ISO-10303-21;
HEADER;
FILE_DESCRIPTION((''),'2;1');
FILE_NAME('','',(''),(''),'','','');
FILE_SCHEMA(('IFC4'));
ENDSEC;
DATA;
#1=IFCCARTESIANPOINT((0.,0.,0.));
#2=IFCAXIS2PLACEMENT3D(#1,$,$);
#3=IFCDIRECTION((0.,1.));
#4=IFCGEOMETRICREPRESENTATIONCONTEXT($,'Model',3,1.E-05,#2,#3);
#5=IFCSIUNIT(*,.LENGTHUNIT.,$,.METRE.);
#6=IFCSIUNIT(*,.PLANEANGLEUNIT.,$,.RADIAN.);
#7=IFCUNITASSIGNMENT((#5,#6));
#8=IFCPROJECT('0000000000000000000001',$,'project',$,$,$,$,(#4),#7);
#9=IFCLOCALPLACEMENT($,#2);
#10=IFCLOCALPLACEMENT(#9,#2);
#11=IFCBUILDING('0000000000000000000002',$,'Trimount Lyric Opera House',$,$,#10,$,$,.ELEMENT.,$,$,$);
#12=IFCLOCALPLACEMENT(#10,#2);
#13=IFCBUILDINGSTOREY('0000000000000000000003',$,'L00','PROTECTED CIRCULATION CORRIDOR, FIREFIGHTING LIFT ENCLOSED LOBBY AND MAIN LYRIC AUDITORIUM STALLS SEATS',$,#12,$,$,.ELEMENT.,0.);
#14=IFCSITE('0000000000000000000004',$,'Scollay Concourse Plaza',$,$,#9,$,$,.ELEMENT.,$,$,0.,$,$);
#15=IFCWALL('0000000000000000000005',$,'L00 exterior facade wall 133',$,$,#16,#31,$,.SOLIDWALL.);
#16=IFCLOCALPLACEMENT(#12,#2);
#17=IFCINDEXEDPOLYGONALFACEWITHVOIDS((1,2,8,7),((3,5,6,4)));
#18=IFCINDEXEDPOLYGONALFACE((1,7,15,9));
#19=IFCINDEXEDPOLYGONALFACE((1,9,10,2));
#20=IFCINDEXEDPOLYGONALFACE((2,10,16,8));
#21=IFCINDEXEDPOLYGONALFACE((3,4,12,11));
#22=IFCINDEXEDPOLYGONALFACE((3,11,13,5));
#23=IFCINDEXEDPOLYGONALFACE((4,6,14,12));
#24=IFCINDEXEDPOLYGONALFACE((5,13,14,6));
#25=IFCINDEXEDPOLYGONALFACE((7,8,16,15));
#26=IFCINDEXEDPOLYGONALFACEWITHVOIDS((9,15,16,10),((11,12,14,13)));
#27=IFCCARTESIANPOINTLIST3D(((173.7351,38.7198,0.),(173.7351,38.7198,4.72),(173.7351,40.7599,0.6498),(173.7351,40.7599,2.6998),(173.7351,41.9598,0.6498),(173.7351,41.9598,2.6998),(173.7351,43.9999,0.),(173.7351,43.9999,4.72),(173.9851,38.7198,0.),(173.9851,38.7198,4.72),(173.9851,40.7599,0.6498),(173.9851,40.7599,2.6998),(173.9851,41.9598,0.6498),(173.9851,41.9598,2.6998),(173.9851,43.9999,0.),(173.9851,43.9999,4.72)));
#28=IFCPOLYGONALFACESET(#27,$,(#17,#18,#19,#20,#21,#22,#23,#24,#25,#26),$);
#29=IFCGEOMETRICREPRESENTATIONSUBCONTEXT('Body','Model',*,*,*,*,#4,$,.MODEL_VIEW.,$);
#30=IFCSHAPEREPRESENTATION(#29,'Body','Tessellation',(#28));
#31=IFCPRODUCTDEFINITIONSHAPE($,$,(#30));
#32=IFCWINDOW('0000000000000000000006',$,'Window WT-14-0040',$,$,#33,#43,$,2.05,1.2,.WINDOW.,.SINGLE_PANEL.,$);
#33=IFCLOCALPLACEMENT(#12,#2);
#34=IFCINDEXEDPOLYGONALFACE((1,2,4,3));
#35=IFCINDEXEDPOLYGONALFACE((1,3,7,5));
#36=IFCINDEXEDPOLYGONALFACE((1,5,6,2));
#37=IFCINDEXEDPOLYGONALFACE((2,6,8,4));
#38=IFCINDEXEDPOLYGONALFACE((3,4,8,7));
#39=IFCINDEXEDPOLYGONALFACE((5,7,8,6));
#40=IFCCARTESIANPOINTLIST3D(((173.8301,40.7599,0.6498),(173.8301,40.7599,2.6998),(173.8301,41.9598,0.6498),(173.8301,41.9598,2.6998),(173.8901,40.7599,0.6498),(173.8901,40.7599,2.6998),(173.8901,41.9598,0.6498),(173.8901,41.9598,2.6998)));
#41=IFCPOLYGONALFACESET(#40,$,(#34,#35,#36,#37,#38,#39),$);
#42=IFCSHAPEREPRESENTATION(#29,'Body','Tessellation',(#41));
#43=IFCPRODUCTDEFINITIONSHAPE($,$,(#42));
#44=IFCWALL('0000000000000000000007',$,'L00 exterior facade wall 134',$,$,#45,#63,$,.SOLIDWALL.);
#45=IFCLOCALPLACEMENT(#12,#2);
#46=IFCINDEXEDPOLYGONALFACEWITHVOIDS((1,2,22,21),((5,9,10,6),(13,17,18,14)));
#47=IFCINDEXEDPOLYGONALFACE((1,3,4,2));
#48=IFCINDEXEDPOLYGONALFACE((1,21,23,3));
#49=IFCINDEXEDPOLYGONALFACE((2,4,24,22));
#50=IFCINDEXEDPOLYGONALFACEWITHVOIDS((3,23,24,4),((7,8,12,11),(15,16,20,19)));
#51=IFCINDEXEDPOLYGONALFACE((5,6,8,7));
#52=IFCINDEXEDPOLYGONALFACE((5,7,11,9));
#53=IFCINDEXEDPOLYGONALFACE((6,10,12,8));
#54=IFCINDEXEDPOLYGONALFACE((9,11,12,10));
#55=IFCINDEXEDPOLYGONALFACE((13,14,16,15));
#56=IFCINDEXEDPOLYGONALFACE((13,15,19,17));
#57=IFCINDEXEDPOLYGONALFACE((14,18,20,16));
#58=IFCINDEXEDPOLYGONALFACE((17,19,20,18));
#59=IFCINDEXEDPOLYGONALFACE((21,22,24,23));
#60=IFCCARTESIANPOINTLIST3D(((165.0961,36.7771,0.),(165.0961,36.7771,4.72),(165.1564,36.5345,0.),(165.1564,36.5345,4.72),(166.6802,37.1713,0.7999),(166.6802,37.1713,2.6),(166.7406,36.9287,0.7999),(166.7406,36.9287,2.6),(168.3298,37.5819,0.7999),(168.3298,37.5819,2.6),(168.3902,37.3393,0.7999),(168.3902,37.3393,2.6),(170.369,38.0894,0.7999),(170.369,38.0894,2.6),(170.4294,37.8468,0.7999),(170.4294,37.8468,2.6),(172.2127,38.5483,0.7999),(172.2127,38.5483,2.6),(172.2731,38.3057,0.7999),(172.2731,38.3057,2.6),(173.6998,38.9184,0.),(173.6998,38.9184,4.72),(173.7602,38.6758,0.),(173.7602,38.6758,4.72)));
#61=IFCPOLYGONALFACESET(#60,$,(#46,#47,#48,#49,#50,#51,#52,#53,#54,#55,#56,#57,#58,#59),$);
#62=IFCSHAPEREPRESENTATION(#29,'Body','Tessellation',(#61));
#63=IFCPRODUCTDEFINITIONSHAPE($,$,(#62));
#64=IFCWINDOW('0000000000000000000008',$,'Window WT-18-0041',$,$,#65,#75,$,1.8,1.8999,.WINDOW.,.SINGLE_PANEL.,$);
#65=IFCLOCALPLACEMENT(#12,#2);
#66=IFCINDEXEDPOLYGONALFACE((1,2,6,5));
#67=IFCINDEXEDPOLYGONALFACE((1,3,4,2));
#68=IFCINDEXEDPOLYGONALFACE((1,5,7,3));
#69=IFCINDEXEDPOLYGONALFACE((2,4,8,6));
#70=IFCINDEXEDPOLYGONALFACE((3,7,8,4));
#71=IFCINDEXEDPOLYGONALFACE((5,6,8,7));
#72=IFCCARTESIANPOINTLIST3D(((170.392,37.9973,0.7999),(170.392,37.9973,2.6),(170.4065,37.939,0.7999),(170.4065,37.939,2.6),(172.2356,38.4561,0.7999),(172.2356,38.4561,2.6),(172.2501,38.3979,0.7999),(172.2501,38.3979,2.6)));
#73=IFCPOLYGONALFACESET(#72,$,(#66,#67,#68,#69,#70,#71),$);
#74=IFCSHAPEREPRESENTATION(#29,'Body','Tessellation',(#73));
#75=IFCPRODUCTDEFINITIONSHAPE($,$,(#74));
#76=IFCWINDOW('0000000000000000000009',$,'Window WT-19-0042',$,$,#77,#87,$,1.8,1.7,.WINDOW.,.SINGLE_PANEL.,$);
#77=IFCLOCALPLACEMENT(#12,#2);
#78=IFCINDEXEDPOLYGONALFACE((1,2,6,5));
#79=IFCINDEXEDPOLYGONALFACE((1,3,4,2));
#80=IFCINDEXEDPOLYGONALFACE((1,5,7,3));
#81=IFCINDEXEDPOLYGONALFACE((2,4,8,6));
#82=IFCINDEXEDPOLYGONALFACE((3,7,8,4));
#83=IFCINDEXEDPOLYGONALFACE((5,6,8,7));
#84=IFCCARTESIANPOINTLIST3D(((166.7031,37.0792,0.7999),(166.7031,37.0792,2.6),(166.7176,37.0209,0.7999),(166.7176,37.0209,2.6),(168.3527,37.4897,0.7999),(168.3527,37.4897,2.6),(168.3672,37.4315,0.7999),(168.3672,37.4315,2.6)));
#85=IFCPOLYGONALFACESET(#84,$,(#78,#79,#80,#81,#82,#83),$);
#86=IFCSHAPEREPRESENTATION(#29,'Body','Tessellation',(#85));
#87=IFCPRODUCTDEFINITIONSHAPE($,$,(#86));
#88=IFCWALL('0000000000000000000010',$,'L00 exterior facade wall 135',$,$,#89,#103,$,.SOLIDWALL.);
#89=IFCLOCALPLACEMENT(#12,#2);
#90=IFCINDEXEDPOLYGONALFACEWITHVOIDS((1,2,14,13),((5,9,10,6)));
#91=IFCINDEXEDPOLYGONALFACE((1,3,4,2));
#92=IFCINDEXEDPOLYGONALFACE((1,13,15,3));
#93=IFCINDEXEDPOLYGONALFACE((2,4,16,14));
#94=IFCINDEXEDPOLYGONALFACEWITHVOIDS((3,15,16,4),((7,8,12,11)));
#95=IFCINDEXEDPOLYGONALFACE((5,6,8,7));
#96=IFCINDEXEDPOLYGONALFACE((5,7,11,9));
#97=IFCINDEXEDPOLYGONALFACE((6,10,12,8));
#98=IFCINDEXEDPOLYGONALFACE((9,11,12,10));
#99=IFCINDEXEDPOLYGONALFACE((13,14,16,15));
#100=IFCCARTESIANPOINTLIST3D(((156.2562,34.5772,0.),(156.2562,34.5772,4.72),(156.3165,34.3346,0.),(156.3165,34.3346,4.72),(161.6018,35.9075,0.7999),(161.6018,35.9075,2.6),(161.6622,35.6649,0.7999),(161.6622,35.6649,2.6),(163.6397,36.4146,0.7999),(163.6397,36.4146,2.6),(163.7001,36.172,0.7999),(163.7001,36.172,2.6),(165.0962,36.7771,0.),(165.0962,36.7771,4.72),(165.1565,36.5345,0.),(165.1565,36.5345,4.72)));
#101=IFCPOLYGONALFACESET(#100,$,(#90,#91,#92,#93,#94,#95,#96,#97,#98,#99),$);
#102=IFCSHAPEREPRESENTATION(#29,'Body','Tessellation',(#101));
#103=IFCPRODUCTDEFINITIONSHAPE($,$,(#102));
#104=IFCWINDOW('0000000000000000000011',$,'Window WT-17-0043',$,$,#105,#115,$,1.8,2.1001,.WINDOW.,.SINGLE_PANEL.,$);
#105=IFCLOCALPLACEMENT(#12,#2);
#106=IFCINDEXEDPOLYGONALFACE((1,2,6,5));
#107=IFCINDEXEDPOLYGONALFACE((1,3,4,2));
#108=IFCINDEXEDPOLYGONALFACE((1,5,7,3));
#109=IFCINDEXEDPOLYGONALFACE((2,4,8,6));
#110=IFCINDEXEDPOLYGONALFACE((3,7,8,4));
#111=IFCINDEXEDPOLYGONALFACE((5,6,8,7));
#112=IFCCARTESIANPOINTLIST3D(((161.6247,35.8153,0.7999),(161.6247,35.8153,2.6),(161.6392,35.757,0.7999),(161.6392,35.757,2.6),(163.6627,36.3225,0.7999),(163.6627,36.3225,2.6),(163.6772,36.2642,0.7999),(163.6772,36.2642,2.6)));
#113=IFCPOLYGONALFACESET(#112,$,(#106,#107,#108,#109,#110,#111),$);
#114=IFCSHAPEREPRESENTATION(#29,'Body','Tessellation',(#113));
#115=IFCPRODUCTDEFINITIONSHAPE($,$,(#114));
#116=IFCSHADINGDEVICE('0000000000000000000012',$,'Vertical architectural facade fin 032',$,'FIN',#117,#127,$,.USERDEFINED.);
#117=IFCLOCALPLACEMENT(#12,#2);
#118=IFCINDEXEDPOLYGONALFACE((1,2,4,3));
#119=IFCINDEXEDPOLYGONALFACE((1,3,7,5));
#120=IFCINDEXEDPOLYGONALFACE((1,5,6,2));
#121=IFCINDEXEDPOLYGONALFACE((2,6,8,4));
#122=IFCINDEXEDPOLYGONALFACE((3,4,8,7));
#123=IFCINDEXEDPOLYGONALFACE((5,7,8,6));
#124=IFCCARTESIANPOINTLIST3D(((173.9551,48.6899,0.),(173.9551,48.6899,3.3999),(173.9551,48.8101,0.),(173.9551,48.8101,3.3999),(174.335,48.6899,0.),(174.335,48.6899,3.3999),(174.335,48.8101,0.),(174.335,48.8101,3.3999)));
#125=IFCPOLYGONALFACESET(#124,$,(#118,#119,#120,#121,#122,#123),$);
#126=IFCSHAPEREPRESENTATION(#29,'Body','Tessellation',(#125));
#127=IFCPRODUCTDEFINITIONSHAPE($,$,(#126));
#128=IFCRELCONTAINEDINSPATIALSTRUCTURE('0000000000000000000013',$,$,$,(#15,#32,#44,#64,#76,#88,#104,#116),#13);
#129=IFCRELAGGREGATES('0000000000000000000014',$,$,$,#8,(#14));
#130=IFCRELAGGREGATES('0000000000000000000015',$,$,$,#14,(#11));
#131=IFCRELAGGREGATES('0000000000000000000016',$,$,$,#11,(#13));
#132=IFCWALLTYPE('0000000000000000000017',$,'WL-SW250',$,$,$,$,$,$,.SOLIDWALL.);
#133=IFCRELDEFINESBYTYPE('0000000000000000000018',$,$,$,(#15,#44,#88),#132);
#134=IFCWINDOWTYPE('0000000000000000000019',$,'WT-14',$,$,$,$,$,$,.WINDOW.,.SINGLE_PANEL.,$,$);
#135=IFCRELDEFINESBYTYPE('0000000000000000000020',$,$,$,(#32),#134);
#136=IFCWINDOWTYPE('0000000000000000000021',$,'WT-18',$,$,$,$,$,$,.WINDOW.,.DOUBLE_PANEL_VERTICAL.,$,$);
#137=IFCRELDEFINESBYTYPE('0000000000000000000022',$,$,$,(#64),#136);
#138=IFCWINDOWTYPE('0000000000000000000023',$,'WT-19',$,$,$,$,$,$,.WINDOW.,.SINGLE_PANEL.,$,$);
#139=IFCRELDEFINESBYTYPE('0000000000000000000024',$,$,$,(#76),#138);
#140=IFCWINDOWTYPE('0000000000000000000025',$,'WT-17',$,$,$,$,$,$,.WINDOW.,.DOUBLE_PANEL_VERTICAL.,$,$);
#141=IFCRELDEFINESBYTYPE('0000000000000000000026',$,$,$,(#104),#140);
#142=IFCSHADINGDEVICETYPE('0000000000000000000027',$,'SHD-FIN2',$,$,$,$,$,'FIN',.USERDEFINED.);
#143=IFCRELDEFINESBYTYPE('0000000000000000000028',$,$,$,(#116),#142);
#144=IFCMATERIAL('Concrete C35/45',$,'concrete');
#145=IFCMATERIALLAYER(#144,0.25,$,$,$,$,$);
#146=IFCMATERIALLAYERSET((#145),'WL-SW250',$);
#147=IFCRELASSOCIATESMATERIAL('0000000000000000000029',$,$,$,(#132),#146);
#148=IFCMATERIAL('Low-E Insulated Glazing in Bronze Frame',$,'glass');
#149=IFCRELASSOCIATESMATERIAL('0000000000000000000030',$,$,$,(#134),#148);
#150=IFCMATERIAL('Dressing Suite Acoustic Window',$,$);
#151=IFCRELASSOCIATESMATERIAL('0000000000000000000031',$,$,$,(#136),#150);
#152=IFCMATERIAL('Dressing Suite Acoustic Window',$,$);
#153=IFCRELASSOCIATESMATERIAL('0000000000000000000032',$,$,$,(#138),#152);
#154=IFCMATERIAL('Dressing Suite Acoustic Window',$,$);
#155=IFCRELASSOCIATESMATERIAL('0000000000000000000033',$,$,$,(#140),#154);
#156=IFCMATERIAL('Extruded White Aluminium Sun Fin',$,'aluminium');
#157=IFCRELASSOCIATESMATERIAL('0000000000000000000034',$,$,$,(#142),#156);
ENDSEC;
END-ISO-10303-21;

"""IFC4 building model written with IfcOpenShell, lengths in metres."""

from ifc_helpers import new_model, si_unit, direction, frame, frame_2d, origin, origin_2d, place, context, subcontext, project, spatial, rectangle, extrude, material, layer, layer_set, type_object, element, fill, save


model = new_model("IFC4")

# Units and contexts
model_context = context("Model", 3, precision=1e-05, world=origin(), true_north=direction((0.0, 1.0)))
body_context = subcontext(model_context, "Body", "Model", "MODEL_VIEW")
ifc_project = project(units=[si_unit("LENGTHUNIT", "METRE"), si_unit("PLANEANGLEUNIT", "RADIAN")], contexts=[model_context])

# Site, building, storey
site_placement = place(None, origin())
site = spatial("IfcSite", under=ifc_project, at=site_placement, Name="Scollay Concourse Plaza", CompositionType="ELEMENT", RefElevation=0.0)
building_placement = place(site_placement, origin())
building = spatial("IfcBuilding", under=site, at=building_placement, Name="Trimount Lyric Opera House", CompositionType="ELEMENT")
storey_placement = place(building_placement, origin())
storey = spatial("IfcBuildingStorey", under=building, at=storey_placement, Name="L00", Description="PROTECTED CIRCULATION CORRIDOR, FIREFIGHTING LIFT ENCLOSED LOBBY AND MAIN LYRIC AUDITORIUM STALLS SEATS", CompositionType="ELEMENT", Elevation=0.0)

# Shared definitions
ifc_material_1 = material(Name="Concrete C35/45", Category="concrete")
ifc_layer_1 = layer(ifc_material_1, 0.25)
ifc_layer_set_1 = layer_set([ifc_layer_1], Name="WL-SW250")
wall_type_1 = type_object("IfcWallType", Name="WL-SW250", PredefinedType="SOLIDWALL", material=ifc_layer_set_1)

# Wall, opening, window
wall_1_placement = place(storey_placement, frame((173.8601, 44.0, 0.0), z_axis=(0.0, 0.0, 1.0), x_axis=(0.0, -1.0, 0.0)))
wall_1 = element("IfcWall", 1, at=wall_1_placement, inside=storey, type_object=wall_type_1, Name="L00 exterior facade wall 133", PredefinedType="SOLIDWALL", context=body_context, shape_type="SweptSolid", body=[
    extrude(rectangle(XDim=5.28, YDim=0.25, at=frame_2d((2.6401, 0.0))), origin(), (0.0, 0.0, 1.0), 4.72),
])
opening_1_placement = place(wall_1_placement, frame((2.04, 0.0, 0.6499)))
opening_1 = element("IfcOpeningElement", 2, at=opening_1_placement, cuts=wall_1, PredefinedType="OPENING", context=body_context, shape_type="SweptSolid", body=[
    extrude(rectangle(XDim=1.2, YDim=2.05, at=frame_2d((0.6001, 1.0249))), frame((0.0, 0.135, 0.0), z_axis=(0.0, -1.0, 0.0), x_axis=(1.0, 0.0, 0.0)), (0.0, 0.0, 1.0), 0.27),
])
ifc_material_2 = material(Name="Low-E Insulated Glazing in Bronze Frame", Category="glass")
window_type_1 = type_object("IfcWindowType", Name="WT-14", PartitioningType="SINGLE_PANEL", PredefinedType="WINDOW", material=ifc_material_2)
window_1_placement = place(opening_1_placement, origin())
window_1 = element("IfcWindow", 3, at=window_1_placement, inside=storey, type_object=window_type_1, Name="Window WT-14-0040", OverallHeight=2.05, OverallWidth=1.2, PartitioningType="SINGLE_PANEL", PredefinedType="WINDOW", context=body_context, shape_type="SweptSolid", body=[
    extrude(rectangle(XDim=1.2, YDim=2.05, at=frame_2d((0.6001, 1.0249))), frame((0.0, 0.03, 0.0), z_axis=(0.0, -1.0, 0.0), x_axis=(1.0, 0.0, 0.0)), (0.0, 0.0, 1.0), 0.0601),
])
fill(opening_1, window_1)

# Wall, openings, windows
wall_2_placement = place(storey_placement, frame((173.73, 38.7971, 0.0), z_axis=(0.0, 0.0, 1.0), x_axis=(-0.970396, -0.241518, 0.0)))
wall_2 = element("IfcWall", 4, at=wall_2_placement, inside=storey, type_object=wall_type_1, Name="L00 exterior facade wall 134", PredefinedType="SOLIDWALL", context=body_context, shape_type="SweptSolid", body=[
    extrude(rectangle(XDim=8.8662, YDim=0.25, at=frame_2d((4.4331, 0.0))), origin(), (0.0, 0.0, 1.0), 4.72),
])
opening_2_placement = place(wall_2_placement, frame((1.5325, 0.0, 0.8)))
opening_2 = element("IfcOpeningElement", 5, at=opening_2_placement, cuts=wall_2, PredefinedType="OPENING", context=body_context, shape_type="SweptSolid", body=[
    extrude(rectangle(XDim=1.8999, YDim=1.8, at=frame_2d((0.95, 0.8999))), frame((0.0, 0.135, 0.0), z_axis=(0.0, -1.0, 0.0), x_axis=(1.0, 0.0, 0.0)), (0.0, 0.0, 1.0), 0.27),
])
opening_3_placement = place(wall_2_placement, frame((5.5337, 0.0, 0.8)))
opening_3 = element("IfcOpeningElement", 6, at=opening_3_placement, cuts=wall_2, PredefinedType="OPENING", context=body_context, shape_type="SweptSolid", body=[
    extrude(rectangle(XDim=1.7, YDim=1.8, at=frame_2d((0.8501, 0.8999))), frame((0.0, 0.135, 0.0), z_axis=(0.0, -1.0, 0.0), x_axis=(1.0, 0.0, 0.0)), (0.0, 0.0, 1.0), 0.27),
])
ifc_material_3 = material(Name="Dressing Suite Acoustic Window")
window_type_2 = type_object("IfcWindowType", Name="WT-18", PartitioningType="DOUBLE_PANEL_VERTICAL", PredefinedType="WINDOW", material=ifc_material_3)
window_2_placement = place(opening_2_placement, origin())
window_2 = element("IfcWindow", 7, at=window_2_placement, inside=storey, type_object=window_type_2, Name="Window WT-18-0041", OverallHeight=1.8, OverallWidth=1.8999, PartitioningType="SINGLE_PANEL", PredefinedType="WINDOW", context=body_context, shape_type="SweptSolid", body=[
    extrude(rectangle(XDim=1.8999, YDim=1.8, at=frame_2d((0.95, 0.8999))), frame((0.0, 0.03, 0.0), z_axis=(0.0, -1.0, 0.0), x_axis=(1.0, 0.0, 0.0)), (0.0, 0.0, 1.0), 0.0601),
])
fill(opening_2, window_2)
ifc_material_4 = material(Name="Dressing Suite Acoustic Window")
window_type_3 = type_object("IfcWindowType", Name="WT-19", PartitioningType="SINGLE_PANEL", PredefinedType="WINDOW", material=ifc_material_4)
window_3_placement = place(opening_3_placement, origin())
window_3 = element("IfcWindow", 8, at=window_3_placement, inside=storey, type_object=window_type_3, Name="Window WT-19-0042", OverallHeight=1.8, OverallWidth=1.7, PartitioningType="SINGLE_PANEL", PredefinedType="WINDOW", context=body_context, shape_type="SweptSolid", body=[
    extrude(rectangle(XDim=1.7, YDim=1.8, at=frame_2d((0.8501, 0.8999))), frame((0.0, 0.03, 0.0), z_axis=(0.0, -1.0, 0.0), x_axis=(1.0, 0.0, 0.0)), (0.0, 0.0, 1.0), 0.0601),
])
fill(opening_3, window_3)

# Wall, opening, window
wall_3_placement = place(storey_placement, frame((165.1262, 36.6558, 0.0), z_axis=(0.0, 0.0, 1.0), x_axis=(-0.970402, -0.241495, 0.0)))
wall_3 = element("IfcWall", 9, at=wall_3_placement, inside=storey, type_object=wall_type_1, Name="L00 exterior facade wall 135", PredefinedType="SOLIDWALL", context=body_context, shape_type="SweptSolid", body=[
    extrude(rectangle(XDim=9.1096, YDim=0.25, at=frame_2d((4.5547, 0.0))), origin(), (0.0, 0.0, 1.0), 4.72),
])
opening_4_placement = place(wall_3_placement, frame((1.5007, 0.0, 0.8)))
opening_4 = element("IfcOpeningElement", 10, at=opening_4_placement, cuts=wall_3, PredefinedType="OPENING", context=body_context, shape_type="SweptSolid", body=[
    extrude(rectangle(XDim=2.1001, YDim=1.8, at=frame_2d((1.05, 0.8999))), frame((0.0, 0.135, 0.0), z_axis=(0.0, -1.0, 0.0), x_axis=(1.0, 0.0, 0.0)), (0.0, 0.0, 1.0), 0.27),
])
ifc_material_5 = material(Name="Dressing Suite Acoustic Window")
window_type_4 = type_object("IfcWindowType", Name="WT-17", PartitioningType="DOUBLE_PANEL_VERTICAL", PredefinedType="WINDOW", material=ifc_material_5)
window_4_placement = place(opening_4_placement, origin())
window_4 = element("IfcWindow", 11, at=window_4_placement, inside=storey, type_object=window_type_4, Name="Window WT-17-0043", OverallHeight=1.8, OverallWidth=2.1001, PartitioningType="SINGLE_PANEL", PredefinedType="WINDOW", context=body_context, shape_type="SweptSolid", body=[
    extrude(rectangle(XDim=2.1001, YDim=1.8, at=frame_2d((1.05, 0.8999))), frame((0.0, 0.03, 0.0), z_axis=(0.0, -1.0, 0.0), x_axis=(1.0, 0.0, 0.0)), (0.0, 0.0, 1.0), 0.0601),
])
fill(opening_4, window_4)

# Shading device
ifc_material_6 = material(Name="Extruded White Aluminium Sun Fin", Category="aluminium")
shading_device_type = type_object("IfcShadingDeviceType", Name="SHD-FIN2", ElementType="FIN", PredefinedType="USERDEFINED", material=ifc_material_6)
shading_device_placement = place(storey_placement, frame((174.145, 48.75, 0.0), z_axis=(0.0, 0.0, 1.0), x_axis=(1.0, 0.0, 0.0)))
element("IfcShadingDevice", 12, at=shading_device_placement, inside=storey, type_object=shading_device_type, Name="Vertical architectural facade fin 032", ObjectType="FIN", PredefinedType="USERDEFINED", context=body_context, shape_type="SweptSolid", body=[
    extrude(rectangle(XDim=0.3799, YDim=0.1201, at=origin_2d()), origin(), (0.0, 0.0, 1.0), 3.3999),
])

save(model, "model.ifc")
